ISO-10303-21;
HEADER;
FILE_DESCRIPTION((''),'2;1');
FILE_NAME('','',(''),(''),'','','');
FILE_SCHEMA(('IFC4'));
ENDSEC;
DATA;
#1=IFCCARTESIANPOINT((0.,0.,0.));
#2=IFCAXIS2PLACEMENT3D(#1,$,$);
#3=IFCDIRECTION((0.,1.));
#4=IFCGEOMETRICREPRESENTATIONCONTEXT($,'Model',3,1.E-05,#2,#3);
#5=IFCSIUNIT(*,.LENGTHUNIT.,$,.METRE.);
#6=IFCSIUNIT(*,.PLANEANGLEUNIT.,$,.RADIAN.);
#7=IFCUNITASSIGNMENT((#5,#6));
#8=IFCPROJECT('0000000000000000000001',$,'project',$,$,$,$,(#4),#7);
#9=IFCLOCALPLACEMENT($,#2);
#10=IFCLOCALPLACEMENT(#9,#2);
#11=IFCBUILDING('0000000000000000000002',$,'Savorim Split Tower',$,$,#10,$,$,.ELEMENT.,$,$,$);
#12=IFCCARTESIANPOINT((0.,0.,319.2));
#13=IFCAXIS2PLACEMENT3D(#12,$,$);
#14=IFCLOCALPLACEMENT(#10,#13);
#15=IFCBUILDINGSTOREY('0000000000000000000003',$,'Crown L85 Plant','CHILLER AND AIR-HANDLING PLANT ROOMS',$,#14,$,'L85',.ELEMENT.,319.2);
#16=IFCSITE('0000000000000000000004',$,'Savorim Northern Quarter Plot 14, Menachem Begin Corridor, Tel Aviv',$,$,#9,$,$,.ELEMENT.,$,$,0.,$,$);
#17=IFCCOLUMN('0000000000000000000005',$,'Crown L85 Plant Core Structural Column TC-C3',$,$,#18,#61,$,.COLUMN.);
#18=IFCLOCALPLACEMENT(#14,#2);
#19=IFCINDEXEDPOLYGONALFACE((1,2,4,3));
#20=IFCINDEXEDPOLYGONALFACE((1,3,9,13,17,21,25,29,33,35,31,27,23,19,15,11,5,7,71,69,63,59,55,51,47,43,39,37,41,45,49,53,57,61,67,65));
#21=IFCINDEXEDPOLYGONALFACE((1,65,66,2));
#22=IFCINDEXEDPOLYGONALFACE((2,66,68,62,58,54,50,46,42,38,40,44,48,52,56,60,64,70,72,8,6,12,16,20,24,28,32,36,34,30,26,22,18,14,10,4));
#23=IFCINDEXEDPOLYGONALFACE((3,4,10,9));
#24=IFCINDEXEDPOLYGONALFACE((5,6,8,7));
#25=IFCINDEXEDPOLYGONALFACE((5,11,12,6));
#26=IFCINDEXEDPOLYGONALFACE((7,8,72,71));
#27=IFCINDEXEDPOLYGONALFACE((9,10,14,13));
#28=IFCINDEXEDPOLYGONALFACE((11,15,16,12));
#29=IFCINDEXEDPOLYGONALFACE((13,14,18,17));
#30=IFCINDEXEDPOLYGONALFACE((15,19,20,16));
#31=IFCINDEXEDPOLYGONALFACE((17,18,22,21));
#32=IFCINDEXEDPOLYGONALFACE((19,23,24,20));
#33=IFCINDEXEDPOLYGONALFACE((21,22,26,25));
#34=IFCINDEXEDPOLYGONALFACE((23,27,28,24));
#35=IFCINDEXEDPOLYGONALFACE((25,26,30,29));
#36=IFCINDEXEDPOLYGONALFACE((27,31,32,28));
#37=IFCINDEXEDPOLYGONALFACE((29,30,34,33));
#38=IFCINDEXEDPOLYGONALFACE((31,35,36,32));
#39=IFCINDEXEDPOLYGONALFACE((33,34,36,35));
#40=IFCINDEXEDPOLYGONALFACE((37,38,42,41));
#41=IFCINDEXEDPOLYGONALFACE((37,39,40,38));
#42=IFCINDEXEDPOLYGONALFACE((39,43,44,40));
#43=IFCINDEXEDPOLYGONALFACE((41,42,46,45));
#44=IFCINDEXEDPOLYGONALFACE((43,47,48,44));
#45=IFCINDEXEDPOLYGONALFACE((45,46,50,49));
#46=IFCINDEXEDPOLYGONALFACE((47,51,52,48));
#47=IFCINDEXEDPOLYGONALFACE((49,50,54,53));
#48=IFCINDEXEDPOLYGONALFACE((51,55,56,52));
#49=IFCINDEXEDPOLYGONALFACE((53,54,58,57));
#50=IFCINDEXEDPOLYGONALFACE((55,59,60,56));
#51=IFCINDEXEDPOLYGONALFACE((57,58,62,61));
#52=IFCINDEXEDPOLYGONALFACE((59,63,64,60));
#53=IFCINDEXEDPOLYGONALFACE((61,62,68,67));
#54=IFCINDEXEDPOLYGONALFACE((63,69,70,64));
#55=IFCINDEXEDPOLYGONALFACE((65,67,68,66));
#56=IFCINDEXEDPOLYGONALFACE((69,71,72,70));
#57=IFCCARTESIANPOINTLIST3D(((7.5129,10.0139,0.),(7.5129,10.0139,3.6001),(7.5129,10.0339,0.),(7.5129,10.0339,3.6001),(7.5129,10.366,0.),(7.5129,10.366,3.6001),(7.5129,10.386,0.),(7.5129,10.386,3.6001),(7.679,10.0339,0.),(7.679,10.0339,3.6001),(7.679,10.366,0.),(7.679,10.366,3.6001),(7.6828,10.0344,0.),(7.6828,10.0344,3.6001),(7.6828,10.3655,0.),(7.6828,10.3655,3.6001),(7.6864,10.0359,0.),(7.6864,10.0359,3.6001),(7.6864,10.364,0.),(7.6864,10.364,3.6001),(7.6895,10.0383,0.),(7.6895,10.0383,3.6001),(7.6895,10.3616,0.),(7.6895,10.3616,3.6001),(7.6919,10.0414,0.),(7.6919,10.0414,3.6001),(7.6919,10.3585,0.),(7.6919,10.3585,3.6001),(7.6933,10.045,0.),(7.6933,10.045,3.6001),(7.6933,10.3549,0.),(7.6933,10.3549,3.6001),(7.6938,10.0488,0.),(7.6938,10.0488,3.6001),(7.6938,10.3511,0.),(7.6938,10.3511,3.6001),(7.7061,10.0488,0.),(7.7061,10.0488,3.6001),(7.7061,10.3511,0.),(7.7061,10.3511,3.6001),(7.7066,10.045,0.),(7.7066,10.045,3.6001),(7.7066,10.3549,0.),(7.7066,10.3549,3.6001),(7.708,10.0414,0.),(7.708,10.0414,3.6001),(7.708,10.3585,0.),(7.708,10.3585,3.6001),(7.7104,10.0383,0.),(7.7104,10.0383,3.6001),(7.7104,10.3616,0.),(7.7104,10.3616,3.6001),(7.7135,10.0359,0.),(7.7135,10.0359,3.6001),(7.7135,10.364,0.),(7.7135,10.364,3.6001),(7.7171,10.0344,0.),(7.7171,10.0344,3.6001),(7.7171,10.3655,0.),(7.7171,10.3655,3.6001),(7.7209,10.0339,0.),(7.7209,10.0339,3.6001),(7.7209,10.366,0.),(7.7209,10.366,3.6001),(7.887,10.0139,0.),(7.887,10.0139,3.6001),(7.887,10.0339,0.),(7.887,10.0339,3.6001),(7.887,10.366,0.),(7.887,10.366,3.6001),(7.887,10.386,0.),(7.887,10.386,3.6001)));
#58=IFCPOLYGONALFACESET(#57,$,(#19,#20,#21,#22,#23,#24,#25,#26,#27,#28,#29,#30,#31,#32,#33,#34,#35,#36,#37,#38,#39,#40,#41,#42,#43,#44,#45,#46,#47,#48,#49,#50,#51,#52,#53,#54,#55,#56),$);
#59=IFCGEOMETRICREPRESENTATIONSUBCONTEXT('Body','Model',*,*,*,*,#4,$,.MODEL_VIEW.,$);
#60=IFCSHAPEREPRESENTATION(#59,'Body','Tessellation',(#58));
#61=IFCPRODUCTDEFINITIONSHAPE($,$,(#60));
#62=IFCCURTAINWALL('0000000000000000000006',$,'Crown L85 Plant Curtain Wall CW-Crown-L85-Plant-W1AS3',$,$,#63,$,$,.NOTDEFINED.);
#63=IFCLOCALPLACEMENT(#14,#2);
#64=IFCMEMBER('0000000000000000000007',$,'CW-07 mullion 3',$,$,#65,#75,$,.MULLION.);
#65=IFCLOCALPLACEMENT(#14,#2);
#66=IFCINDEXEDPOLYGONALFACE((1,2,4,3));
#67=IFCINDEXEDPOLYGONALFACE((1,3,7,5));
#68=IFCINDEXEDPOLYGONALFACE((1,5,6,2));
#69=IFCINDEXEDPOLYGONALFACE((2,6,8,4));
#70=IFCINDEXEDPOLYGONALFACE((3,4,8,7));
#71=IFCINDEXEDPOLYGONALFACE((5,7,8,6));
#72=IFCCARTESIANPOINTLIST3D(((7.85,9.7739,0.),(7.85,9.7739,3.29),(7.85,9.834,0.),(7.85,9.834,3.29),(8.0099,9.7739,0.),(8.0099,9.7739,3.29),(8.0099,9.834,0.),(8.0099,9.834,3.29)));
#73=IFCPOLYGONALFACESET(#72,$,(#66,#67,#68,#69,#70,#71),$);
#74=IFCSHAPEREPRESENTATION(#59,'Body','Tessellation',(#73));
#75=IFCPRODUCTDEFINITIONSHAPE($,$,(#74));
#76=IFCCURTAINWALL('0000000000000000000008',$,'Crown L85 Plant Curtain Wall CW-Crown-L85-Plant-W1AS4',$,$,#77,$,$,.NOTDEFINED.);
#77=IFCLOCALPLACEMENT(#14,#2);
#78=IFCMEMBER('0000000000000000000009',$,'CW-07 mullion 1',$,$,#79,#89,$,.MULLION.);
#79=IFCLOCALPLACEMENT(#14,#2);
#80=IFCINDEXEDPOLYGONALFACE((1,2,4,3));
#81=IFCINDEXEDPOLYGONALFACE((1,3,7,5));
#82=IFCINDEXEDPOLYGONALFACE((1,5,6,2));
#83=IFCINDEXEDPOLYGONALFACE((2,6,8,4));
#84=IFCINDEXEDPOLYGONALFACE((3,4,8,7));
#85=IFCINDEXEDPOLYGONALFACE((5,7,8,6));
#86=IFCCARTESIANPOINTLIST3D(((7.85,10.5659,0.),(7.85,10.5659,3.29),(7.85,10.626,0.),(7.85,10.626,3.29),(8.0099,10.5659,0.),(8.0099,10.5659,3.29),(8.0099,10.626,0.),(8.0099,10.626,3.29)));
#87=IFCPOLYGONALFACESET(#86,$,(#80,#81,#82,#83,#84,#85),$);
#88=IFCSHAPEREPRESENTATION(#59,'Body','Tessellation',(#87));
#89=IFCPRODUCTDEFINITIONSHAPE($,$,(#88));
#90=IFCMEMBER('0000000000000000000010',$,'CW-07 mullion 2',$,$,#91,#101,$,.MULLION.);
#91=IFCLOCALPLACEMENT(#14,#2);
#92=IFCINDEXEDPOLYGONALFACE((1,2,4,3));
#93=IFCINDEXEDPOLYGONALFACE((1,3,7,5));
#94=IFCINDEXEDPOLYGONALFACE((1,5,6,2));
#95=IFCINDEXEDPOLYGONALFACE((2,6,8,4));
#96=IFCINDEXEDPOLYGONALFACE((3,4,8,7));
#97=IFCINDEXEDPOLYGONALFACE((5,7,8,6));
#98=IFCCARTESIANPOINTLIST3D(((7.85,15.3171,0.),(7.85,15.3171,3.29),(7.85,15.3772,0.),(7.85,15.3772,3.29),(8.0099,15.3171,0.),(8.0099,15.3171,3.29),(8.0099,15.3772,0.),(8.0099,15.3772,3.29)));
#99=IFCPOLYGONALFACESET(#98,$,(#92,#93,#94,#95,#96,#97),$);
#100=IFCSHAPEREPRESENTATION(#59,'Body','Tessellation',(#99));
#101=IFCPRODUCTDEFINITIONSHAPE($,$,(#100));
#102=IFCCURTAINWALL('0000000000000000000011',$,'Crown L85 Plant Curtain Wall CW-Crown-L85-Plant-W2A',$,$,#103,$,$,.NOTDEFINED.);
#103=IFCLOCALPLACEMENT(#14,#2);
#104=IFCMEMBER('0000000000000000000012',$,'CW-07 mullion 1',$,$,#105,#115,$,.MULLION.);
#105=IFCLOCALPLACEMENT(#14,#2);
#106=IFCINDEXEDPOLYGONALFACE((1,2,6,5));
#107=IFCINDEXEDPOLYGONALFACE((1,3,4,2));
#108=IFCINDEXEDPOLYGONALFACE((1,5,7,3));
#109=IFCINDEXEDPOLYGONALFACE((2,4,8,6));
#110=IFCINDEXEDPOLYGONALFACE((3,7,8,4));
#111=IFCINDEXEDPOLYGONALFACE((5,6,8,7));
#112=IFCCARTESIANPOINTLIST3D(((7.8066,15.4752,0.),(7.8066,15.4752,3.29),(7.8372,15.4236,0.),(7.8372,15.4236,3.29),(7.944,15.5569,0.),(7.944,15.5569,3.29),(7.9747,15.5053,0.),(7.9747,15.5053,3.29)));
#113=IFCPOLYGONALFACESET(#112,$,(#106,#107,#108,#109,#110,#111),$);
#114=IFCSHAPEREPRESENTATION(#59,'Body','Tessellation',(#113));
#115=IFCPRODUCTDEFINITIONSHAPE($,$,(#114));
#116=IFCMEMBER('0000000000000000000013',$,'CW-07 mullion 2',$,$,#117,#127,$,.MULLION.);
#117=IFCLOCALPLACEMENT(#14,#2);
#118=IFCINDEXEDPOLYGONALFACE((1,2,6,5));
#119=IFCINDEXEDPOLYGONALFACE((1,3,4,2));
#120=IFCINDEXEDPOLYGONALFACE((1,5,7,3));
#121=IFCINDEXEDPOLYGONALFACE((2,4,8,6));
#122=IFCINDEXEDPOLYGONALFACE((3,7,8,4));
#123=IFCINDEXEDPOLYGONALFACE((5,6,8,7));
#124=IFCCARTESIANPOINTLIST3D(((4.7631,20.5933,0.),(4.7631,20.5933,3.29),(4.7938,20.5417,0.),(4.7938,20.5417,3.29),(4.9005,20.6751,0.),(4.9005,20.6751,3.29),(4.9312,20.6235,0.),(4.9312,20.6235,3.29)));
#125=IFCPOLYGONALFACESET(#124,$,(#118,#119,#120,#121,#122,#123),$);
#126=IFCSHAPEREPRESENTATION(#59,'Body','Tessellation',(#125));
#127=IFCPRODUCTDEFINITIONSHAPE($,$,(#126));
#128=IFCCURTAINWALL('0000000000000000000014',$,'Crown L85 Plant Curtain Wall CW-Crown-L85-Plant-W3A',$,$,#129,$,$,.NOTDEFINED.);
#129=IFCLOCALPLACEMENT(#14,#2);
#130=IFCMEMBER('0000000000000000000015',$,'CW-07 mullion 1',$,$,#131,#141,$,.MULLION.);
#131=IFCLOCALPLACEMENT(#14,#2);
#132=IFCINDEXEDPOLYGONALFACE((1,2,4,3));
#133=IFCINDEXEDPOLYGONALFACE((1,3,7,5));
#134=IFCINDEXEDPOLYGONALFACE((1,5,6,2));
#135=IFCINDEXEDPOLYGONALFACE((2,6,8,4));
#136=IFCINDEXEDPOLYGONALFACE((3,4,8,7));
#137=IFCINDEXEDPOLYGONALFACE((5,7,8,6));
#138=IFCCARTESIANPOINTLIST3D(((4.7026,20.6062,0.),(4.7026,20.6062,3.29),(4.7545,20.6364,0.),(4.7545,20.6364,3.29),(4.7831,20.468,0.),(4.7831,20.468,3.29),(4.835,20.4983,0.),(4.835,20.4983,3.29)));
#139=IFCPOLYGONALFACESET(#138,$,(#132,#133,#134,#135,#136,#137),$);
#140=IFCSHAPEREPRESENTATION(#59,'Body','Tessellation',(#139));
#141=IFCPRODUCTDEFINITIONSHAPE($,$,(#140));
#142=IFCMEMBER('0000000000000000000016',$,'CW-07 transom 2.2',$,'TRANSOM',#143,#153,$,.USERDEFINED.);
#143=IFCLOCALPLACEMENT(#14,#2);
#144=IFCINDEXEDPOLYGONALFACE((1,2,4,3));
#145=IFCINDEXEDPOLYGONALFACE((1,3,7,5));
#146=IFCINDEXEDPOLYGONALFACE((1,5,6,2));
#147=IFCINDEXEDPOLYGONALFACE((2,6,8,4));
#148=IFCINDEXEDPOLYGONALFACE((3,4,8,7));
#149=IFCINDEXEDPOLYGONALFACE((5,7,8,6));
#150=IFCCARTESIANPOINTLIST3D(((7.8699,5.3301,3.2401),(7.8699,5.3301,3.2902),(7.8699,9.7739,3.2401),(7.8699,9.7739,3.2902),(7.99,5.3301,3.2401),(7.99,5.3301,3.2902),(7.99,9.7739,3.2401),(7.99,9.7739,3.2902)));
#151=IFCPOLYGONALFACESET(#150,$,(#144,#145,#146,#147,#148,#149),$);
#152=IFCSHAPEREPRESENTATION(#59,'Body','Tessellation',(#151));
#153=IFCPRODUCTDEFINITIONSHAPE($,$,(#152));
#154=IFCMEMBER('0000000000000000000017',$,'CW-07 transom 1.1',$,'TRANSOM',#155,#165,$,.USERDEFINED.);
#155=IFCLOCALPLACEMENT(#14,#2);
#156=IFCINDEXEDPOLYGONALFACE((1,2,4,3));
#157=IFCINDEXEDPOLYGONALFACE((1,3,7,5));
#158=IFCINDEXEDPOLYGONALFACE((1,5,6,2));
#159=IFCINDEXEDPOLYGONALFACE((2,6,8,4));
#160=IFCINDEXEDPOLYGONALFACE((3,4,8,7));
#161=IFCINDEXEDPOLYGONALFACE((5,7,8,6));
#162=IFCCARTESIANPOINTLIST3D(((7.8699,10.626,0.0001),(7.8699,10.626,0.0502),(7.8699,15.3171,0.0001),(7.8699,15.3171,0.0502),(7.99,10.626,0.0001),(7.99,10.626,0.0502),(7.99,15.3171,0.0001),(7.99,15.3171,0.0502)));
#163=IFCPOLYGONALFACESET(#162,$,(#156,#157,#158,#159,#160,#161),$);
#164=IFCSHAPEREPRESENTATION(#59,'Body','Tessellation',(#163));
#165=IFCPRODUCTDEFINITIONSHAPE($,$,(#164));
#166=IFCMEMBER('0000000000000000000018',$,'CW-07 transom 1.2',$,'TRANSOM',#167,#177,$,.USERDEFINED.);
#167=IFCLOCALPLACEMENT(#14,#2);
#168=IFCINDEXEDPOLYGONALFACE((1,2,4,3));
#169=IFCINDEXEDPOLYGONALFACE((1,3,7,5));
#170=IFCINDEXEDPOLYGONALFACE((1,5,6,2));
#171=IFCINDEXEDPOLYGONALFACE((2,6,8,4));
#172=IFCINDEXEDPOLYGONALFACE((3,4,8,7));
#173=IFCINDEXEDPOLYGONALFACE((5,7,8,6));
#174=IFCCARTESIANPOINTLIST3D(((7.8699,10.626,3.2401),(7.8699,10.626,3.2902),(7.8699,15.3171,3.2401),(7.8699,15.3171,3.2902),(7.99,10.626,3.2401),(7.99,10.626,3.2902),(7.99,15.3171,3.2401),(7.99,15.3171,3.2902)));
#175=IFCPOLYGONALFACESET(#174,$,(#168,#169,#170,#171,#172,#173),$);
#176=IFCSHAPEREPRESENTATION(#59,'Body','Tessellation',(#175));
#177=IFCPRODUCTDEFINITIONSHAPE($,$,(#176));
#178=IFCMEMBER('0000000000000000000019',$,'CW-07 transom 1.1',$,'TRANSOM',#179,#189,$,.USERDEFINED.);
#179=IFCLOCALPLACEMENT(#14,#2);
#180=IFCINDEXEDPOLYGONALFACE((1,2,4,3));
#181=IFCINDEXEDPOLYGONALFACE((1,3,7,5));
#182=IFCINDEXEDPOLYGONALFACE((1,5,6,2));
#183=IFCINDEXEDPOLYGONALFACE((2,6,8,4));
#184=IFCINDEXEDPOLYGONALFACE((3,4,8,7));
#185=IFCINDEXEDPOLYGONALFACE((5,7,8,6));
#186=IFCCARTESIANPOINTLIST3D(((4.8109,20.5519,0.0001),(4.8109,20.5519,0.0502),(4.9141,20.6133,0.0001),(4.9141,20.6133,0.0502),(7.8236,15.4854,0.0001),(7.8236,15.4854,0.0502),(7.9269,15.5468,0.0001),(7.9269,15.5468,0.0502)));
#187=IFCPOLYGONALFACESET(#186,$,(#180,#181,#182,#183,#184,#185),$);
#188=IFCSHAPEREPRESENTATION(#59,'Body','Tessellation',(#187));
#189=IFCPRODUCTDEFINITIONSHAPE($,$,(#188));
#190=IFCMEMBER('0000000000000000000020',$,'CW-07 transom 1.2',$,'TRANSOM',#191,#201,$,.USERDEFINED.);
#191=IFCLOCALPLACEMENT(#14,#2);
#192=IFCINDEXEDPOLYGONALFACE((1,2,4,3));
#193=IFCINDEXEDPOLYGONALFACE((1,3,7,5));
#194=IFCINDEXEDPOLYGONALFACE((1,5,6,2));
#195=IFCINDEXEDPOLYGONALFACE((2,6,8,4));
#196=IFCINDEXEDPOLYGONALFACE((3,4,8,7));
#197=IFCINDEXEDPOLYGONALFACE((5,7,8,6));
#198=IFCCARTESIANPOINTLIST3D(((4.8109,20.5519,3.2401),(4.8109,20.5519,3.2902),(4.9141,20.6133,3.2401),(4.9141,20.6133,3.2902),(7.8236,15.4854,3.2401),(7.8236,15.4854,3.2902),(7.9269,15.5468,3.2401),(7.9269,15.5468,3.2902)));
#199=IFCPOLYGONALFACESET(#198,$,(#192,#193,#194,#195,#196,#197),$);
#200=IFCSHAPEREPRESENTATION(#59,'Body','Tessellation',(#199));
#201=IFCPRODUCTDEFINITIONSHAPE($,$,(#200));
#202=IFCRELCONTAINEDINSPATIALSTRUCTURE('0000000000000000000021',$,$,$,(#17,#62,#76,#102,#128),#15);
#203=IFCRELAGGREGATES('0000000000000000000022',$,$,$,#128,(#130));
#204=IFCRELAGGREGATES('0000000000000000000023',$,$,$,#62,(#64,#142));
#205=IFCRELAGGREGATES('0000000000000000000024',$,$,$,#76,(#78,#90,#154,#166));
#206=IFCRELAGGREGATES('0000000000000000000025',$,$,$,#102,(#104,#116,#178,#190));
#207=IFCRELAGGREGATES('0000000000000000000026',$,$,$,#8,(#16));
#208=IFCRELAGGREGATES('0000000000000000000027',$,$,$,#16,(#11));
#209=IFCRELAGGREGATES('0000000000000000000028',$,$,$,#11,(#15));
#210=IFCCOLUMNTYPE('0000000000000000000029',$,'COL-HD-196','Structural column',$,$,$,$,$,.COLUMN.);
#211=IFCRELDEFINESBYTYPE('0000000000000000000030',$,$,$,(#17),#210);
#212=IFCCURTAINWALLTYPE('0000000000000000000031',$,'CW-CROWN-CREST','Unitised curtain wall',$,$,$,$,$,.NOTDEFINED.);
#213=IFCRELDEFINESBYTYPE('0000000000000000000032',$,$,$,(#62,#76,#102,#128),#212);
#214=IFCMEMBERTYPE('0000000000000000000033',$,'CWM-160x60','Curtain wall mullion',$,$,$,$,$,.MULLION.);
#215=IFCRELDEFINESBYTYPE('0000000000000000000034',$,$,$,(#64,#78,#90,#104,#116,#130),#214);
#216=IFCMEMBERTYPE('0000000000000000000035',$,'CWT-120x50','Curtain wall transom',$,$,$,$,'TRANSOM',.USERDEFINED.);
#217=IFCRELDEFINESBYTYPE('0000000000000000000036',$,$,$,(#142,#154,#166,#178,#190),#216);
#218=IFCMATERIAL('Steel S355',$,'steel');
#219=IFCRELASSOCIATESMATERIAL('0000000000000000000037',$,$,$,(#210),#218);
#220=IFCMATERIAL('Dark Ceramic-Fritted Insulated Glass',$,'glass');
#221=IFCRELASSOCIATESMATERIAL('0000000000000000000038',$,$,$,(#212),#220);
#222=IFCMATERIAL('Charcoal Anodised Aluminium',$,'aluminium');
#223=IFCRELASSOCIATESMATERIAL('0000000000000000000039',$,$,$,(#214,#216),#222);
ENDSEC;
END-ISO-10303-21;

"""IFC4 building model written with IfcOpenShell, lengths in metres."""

from ifc_helpers import new_model, si_unit, direction, frame, origin, origin_2d, place, context, subcontext, project, spatial, rectangle, i_section, extrude, material, material_profile, profile_set, type_object, element, aggregate, save


model = new_model("IFC4")

# Units and contexts
model_context = context("Model", 3, precision=1e-05, world=origin(), true_north=direction((0.0, 1.0)))
body_context = subcontext(model_context, "Body", "Model", "MODEL_VIEW")
ifc_project = project(units=[si_unit("LENGTHUNIT", "METRE"), si_unit("PLANEANGLEUNIT", "RADIAN")], contexts=[model_context])

# Site, building, storey
site_placement = place(None, origin())
site = spatial("IfcSite", under=ifc_project, at=site_placement, Name="Savorim Northern Quarter Plot 14, Menachem Begin Corridor, Tel Aviv", CompositionType="ELEMENT", RefElevation=0.0)
building_placement = place(site_placement, origin())
building = spatial("IfcBuilding", under=site, at=building_placement, Name="Savorim Split Tower", CompositionType="ELEMENT")
storey_placement = place(building_placement, frame((0.0, 0.0, 319.2)))
storey = spatial("IfcBuildingStorey", under=building, at=storey_placement, Name="Crown L85 Plant", Description="CHILLER AND AIR-HANDLING PLANT ROOMS", LongName="L85", CompositionType="ELEMENT", Elevation=319.2)

# Column
ifc_material_1 = material(Name="Steel S355", Category="steel")
ifc_material_profile_1 = material_profile(ifc_material_1, i_section(OverallWidth=0.374, OverallDepth=0.3721, WebThickness=0.0122, FlangeThickness=0.02, FilletRadius=0.0149, at=origin_2d()), Name="HD 360x196")
ifc_profile_set_1 = profile_set([ifc_material_profile_1], Name="Steel S355")
column_type = type_object("IfcColumnType", Name="COL-HD-196", Description="Structural column", PredefinedType="COLUMN", material=ifc_profile_set_1)
column_placement = place(storey_placement, frame((7.7, 10.2, 0.0), z_axis=(0.0, 0.0, 1.0), x_axis=(1.0, 0.0, 0.0)))
element("IfcColumn", 1, at=column_placement, inside=storey, type_object=column_type, Name="Crown L85 Plant Core Structural Column TC-C3", PredefinedType="COLUMN", context=body_context, shape_type="SweptSolid", body=[
    extrude(i_section(OverallWidth=0.374, OverallDepth=0.3721, WebThickness=0.0122, FlangeThickness=0.02, FilletRadius=0.0149, at=origin_2d()), origin(), (0.0, 0.0, 1.0), 3.6001),
])

# Curtain wall, member
ifc_material_2 = material(Name="Dark Ceramic-Fritted Insulated Glass", Category="glass")
curtain_wall_type = type_object("IfcCurtainWallType", Name="CW-CROWN-CREST", Description="Unitised curtain wall", PredefinedType="NOTDEFINED", material=ifc_material_2)
curtain_wall_1_placement = place(storey_placement, origin())
curtain_wall_1 = element("IfcCurtainWall", 2, at=curtain_wall_1_placement, inside=storey, type_object=curtain_wall_type, Name="Crown L85 Plant Curtain Wall CW-Crown-L85-Plant-W1AS3", PredefinedType="NOTDEFINED")
ifc_material_3 = material(Name="Charcoal Anodised Aluminium", Category="aluminium")
ifc_material_profile_2 = material_profile(ifc_material_3, rectangle(XDim=0.1599, YDim=0.0601, at=origin_2d()), Name="ALU-M 160x60")
ifc_profile_set_2 = profile_set([ifc_material_profile_2], Name="Charcoal Anodised Aluminium")
member_type_1 = type_object("IfcMemberType", Name="CWM-160x60", Description="Curtain wall mullion", PredefinedType="MULLION", material=ifc_profile_set_2)
member_1_placement = place(storey_placement, frame((7.9299, 9.804, 0.0), z_axis=(0.0, 0.0, 1.0), x_axis=(-1.0, 0.0, 0.0)))
member_1 = element("IfcMember", 3, at=member_1_placement, type_object=member_type_1, Name="CW-07 mullion 3", PredefinedType="MULLION", context=body_context, shape_type="SweptSolid", body=[
    extrude(rectangle(XDim=0.1599, YDim=0.0601, at=origin_2d()), origin(), (0.0, 0.0, 1.0), 3.29),
])

# Curtain walls, members
curtain_wall_2_placement = place(storey_placement, origin())
curtain_wall_2 = element("IfcCurtainWall", 4, at=curtain_wall_2_placement, inside=storey, type_object=curtain_wall_type, Name="Crown L85 Plant Curtain Wall CW-Crown-L85-Plant-W1AS4", PredefinedType="NOTDEFINED")
member_2_placement = place(storey_placement, frame((7.9299, 10.5959, 0.0), z_axis=(0.0, 0.0, 1.0), x_axis=(-1.0, 0.0, 0.0)))
member_2 = element("IfcMember", 5, at=member_2_placement, type_object=member_type_1, Name="CW-07 mullion 1", PredefinedType="MULLION", context=body_context, shape_type="SweptSolid", body=[
    extrude(rectangle(XDim=0.1599, YDim=0.0601, at=origin_2d()), origin(), (0.0, 0.0, 1.0), 3.29),
])
member_3_placement = place(storey_placement, frame((7.9299, 15.3472, 0.0), z_axis=(0.0, 0.0, 1.0), x_axis=(-1.0, 0.0, 0.0)))
member_3 = element("IfcMember", 6, at=member_3_placement, type_object=member_type_1, Name="CW-07 mullion 2", PredefinedType="MULLION", context=body_context, shape_type="SweptSolid", body=[
    extrude(rectangle(XDim=0.1599, YDim=0.0601, at=origin_2d()), origin(), (0.0, 0.0, 1.0), 3.29),
])
curtain_wall_3_placement = place(storey_placement, origin())
curtain_wall_3 = element("IfcCurtainWall", 7, at=curtain_wall_3_placement, inside=storey, type_object=curtain_wall_type, Name="Crown L85 Plant Curtain Wall CW-Crown-L85-Plant-W2A", PredefinedType="NOTDEFINED")
member_4_placement = place(storey_placement, frame((7.8906, 15.4902, 0.0), z_axis=(0.0, 0.0, 1.0), x_axis=(-0.85952, -0.511103, 0.0)))
member_4 = element("IfcMember", 8, at=member_4_placement, type_object=member_type_1, Name="CW-07 mullion 1", PredefinedType="MULLION", context=body_context, shape_type="SweptSolid", body=[
    extrude(rectangle(XDim=0.1599, YDim=0.0601, at=origin_2d()), origin(), (0.0, 0.0, 1.0), 3.29),
])
member_5_placement = place(storey_placement, frame((4.8472, 20.6084, 0.0), z_axis=(0.0, 0.0, 1.0), x_axis=(-0.85952, -0.511103, 0.0)))
member_5 = element("IfcMember", 9, at=member_5_placement, type_object=member_type_1, Name="CW-07 mullion 2", PredefinedType="MULLION", context=body_context, shape_type="SweptSolid", body=[
    extrude(rectangle(XDim=0.1599, YDim=0.0601, at=origin_2d()), origin(), (0.0, 0.0, 1.0), 3.29),
])

# Curtain wall, member
curtain_wall_4_placement = place(storey_placement, origin())
curtain_wall_4 = element("IfcCurtainWall", 10, at=curtain_wall_4_placement, inside=storey, type_object=curtain_wall_type, Name="Crown L85 Plant Curtain Wall CW-Crown-L85-Plant-W3A", PredefinedType="NOTDEFINED")
member_6_placement = place(storey_placement, frame((4.7688, 20.5522, 0.0), z_axis=(0.0, 0.0, 1.0), x_axis=(0.503516, -0.863986, 0.0)))
member_6 = element("IfcMember", 11, at=member_6_placement, type_object=member_type_1, Name="CW-07 mullion 1", PredefinedType="MULLION", context=body_context, shape_type="SweptSolid", body=[
    extrude(rectangle(XDim=0.1599, YDim=0.0601, at=origin_2d()), origin(), (0.0, 0.0, 1.0), 3.29),
])

# Members
ifc_material_profile_3 = material_profile(ifc_material_3, rectangle(XDim=0.1201, YDim=0.05, at=origin_2d()), Name="ALU-T 120x50")
ifc_profile_set_3 = profile_set([ifc_material_profile_3], Name="Charcoal Anodised Aluminium")
member_type_2 = type_object("IfcMemberType", Name="CWT-120x50", Description="Curtain wall transom", ElementType="TRANSOM", PredefinedType="USERDEFINED", material=ifc_profile_set_3)
member_7_placement = place(storey_placement, frame((7.9299, 5.3301, 3.2651), z_axis=(0.0, 1.0, 0.0), x_axis=(-1.0, 0.0, 0.0)))
member_7 = element("IfcMember", 12, at=member_7_placement, type_object=member_type_2, Name="CW-07 transom 2.2", ObjectType="TRANSOM", PredefinedType="USERDEFINED", context=body_context, shape_type="SweptSolid", body=[
    extrude(rectangle(XDim=0.1201, YDim=0.05, at=origin_2d()), origin(), (0.0, 0.0, 1.0), 4.4438),
])
member_8_placement = place(storey_placement, frame((7.9299, 10.626, 0.0251), z_axis=(0.0, 1.0, 0.0), x_axis=(-1.0, 0.0, 0.0)))
member_8 = element("IfcMember", 13, at=member_8_placement, type_object=member_type_2, Name="CW-07 transom 1.1", ObjectType="TRANSOM", PredefinedType="USERDEFINED", context=body_context, shape_type="SweptSolid", body=[
    extrude(rectangle(XDim=0.1201, YDim=0.05, at=origin_2d()), origin(), (0.0, 0.0, 1.0), 4.6912),
])
member_9_placement = place(storey_placement, frame((7.9299, 10.626, 3.2651), z_axis=(0.0, 1.0, 0.0), x_axis=(-1.0, 0.0, 0.0)))
member_9 = element("IfcMember", 14, at=member_9_placement, type_object=member_type_2, Name="CW-07 transom 1.2", ObjectType="TRANSOM", PredefinedType="USERDEFINED", context=body_context, shape_type="SweptSolid", body=[
    extrude(rectangle(XDim=0.1201, YDim=0.05, at=origin_2d()), origin(), (0.0, 0.0, 1.0), 4.6912),
])
member_10_placement = place(storey_placement, frame((7.8752, 15.5161, 0.0251), z_axis=(-0.511105, 0.859518, 0.0), x_axis=(-0.859518, -0.511105, 0.0)))
member_10 = element("IfcMember", 15, at=member_10_placement, type_object=member_type_2, Name="CW-07 transom 1.1", ObjectType="TRANSOM", PredefinedType="USERDEFINED", context=body_context, shape_type="SweptSolid", body=[
    extrude(rectangle(XDim=0.1201, YDim=0.05, at=origin_2d()), origin(), (0.0, 0.0, 1.0), 5.8945),
])
member_11_placement = place(storey_placement, frame((7.8752, 15.5161, 3.2651), z_axis=(-0.511105, 0.859518, 0.0), x_axis=(-0.859518, -0.511105, 0.0)))
member_11 = element("IfcMember", 16, at=member_11_placement, type_object=member_type_2, Name="CW-07 transom 1.2", ObjectType="TRANSOM", PredefinedType="USERDEFINED", context=body_context, shape_type="SweptSolid", body=[
    extrude(rectangle(XDim=0.1201, YDim=0.05, at=origin_2d()), origin(), (0.0, 0.0, 1.0), 5.8945),
])
aggregate(curtain_wall_4, [member_6])

aggregate(curtain_wall_1, [member_1, member_7])
aggregate(curtain_wall_2, [member_2, member_3, member_8, member_9])
aggregate(curtain_wall_3, [member_4, member_5, member_10, member_11])

save(model, "model.ifc")
